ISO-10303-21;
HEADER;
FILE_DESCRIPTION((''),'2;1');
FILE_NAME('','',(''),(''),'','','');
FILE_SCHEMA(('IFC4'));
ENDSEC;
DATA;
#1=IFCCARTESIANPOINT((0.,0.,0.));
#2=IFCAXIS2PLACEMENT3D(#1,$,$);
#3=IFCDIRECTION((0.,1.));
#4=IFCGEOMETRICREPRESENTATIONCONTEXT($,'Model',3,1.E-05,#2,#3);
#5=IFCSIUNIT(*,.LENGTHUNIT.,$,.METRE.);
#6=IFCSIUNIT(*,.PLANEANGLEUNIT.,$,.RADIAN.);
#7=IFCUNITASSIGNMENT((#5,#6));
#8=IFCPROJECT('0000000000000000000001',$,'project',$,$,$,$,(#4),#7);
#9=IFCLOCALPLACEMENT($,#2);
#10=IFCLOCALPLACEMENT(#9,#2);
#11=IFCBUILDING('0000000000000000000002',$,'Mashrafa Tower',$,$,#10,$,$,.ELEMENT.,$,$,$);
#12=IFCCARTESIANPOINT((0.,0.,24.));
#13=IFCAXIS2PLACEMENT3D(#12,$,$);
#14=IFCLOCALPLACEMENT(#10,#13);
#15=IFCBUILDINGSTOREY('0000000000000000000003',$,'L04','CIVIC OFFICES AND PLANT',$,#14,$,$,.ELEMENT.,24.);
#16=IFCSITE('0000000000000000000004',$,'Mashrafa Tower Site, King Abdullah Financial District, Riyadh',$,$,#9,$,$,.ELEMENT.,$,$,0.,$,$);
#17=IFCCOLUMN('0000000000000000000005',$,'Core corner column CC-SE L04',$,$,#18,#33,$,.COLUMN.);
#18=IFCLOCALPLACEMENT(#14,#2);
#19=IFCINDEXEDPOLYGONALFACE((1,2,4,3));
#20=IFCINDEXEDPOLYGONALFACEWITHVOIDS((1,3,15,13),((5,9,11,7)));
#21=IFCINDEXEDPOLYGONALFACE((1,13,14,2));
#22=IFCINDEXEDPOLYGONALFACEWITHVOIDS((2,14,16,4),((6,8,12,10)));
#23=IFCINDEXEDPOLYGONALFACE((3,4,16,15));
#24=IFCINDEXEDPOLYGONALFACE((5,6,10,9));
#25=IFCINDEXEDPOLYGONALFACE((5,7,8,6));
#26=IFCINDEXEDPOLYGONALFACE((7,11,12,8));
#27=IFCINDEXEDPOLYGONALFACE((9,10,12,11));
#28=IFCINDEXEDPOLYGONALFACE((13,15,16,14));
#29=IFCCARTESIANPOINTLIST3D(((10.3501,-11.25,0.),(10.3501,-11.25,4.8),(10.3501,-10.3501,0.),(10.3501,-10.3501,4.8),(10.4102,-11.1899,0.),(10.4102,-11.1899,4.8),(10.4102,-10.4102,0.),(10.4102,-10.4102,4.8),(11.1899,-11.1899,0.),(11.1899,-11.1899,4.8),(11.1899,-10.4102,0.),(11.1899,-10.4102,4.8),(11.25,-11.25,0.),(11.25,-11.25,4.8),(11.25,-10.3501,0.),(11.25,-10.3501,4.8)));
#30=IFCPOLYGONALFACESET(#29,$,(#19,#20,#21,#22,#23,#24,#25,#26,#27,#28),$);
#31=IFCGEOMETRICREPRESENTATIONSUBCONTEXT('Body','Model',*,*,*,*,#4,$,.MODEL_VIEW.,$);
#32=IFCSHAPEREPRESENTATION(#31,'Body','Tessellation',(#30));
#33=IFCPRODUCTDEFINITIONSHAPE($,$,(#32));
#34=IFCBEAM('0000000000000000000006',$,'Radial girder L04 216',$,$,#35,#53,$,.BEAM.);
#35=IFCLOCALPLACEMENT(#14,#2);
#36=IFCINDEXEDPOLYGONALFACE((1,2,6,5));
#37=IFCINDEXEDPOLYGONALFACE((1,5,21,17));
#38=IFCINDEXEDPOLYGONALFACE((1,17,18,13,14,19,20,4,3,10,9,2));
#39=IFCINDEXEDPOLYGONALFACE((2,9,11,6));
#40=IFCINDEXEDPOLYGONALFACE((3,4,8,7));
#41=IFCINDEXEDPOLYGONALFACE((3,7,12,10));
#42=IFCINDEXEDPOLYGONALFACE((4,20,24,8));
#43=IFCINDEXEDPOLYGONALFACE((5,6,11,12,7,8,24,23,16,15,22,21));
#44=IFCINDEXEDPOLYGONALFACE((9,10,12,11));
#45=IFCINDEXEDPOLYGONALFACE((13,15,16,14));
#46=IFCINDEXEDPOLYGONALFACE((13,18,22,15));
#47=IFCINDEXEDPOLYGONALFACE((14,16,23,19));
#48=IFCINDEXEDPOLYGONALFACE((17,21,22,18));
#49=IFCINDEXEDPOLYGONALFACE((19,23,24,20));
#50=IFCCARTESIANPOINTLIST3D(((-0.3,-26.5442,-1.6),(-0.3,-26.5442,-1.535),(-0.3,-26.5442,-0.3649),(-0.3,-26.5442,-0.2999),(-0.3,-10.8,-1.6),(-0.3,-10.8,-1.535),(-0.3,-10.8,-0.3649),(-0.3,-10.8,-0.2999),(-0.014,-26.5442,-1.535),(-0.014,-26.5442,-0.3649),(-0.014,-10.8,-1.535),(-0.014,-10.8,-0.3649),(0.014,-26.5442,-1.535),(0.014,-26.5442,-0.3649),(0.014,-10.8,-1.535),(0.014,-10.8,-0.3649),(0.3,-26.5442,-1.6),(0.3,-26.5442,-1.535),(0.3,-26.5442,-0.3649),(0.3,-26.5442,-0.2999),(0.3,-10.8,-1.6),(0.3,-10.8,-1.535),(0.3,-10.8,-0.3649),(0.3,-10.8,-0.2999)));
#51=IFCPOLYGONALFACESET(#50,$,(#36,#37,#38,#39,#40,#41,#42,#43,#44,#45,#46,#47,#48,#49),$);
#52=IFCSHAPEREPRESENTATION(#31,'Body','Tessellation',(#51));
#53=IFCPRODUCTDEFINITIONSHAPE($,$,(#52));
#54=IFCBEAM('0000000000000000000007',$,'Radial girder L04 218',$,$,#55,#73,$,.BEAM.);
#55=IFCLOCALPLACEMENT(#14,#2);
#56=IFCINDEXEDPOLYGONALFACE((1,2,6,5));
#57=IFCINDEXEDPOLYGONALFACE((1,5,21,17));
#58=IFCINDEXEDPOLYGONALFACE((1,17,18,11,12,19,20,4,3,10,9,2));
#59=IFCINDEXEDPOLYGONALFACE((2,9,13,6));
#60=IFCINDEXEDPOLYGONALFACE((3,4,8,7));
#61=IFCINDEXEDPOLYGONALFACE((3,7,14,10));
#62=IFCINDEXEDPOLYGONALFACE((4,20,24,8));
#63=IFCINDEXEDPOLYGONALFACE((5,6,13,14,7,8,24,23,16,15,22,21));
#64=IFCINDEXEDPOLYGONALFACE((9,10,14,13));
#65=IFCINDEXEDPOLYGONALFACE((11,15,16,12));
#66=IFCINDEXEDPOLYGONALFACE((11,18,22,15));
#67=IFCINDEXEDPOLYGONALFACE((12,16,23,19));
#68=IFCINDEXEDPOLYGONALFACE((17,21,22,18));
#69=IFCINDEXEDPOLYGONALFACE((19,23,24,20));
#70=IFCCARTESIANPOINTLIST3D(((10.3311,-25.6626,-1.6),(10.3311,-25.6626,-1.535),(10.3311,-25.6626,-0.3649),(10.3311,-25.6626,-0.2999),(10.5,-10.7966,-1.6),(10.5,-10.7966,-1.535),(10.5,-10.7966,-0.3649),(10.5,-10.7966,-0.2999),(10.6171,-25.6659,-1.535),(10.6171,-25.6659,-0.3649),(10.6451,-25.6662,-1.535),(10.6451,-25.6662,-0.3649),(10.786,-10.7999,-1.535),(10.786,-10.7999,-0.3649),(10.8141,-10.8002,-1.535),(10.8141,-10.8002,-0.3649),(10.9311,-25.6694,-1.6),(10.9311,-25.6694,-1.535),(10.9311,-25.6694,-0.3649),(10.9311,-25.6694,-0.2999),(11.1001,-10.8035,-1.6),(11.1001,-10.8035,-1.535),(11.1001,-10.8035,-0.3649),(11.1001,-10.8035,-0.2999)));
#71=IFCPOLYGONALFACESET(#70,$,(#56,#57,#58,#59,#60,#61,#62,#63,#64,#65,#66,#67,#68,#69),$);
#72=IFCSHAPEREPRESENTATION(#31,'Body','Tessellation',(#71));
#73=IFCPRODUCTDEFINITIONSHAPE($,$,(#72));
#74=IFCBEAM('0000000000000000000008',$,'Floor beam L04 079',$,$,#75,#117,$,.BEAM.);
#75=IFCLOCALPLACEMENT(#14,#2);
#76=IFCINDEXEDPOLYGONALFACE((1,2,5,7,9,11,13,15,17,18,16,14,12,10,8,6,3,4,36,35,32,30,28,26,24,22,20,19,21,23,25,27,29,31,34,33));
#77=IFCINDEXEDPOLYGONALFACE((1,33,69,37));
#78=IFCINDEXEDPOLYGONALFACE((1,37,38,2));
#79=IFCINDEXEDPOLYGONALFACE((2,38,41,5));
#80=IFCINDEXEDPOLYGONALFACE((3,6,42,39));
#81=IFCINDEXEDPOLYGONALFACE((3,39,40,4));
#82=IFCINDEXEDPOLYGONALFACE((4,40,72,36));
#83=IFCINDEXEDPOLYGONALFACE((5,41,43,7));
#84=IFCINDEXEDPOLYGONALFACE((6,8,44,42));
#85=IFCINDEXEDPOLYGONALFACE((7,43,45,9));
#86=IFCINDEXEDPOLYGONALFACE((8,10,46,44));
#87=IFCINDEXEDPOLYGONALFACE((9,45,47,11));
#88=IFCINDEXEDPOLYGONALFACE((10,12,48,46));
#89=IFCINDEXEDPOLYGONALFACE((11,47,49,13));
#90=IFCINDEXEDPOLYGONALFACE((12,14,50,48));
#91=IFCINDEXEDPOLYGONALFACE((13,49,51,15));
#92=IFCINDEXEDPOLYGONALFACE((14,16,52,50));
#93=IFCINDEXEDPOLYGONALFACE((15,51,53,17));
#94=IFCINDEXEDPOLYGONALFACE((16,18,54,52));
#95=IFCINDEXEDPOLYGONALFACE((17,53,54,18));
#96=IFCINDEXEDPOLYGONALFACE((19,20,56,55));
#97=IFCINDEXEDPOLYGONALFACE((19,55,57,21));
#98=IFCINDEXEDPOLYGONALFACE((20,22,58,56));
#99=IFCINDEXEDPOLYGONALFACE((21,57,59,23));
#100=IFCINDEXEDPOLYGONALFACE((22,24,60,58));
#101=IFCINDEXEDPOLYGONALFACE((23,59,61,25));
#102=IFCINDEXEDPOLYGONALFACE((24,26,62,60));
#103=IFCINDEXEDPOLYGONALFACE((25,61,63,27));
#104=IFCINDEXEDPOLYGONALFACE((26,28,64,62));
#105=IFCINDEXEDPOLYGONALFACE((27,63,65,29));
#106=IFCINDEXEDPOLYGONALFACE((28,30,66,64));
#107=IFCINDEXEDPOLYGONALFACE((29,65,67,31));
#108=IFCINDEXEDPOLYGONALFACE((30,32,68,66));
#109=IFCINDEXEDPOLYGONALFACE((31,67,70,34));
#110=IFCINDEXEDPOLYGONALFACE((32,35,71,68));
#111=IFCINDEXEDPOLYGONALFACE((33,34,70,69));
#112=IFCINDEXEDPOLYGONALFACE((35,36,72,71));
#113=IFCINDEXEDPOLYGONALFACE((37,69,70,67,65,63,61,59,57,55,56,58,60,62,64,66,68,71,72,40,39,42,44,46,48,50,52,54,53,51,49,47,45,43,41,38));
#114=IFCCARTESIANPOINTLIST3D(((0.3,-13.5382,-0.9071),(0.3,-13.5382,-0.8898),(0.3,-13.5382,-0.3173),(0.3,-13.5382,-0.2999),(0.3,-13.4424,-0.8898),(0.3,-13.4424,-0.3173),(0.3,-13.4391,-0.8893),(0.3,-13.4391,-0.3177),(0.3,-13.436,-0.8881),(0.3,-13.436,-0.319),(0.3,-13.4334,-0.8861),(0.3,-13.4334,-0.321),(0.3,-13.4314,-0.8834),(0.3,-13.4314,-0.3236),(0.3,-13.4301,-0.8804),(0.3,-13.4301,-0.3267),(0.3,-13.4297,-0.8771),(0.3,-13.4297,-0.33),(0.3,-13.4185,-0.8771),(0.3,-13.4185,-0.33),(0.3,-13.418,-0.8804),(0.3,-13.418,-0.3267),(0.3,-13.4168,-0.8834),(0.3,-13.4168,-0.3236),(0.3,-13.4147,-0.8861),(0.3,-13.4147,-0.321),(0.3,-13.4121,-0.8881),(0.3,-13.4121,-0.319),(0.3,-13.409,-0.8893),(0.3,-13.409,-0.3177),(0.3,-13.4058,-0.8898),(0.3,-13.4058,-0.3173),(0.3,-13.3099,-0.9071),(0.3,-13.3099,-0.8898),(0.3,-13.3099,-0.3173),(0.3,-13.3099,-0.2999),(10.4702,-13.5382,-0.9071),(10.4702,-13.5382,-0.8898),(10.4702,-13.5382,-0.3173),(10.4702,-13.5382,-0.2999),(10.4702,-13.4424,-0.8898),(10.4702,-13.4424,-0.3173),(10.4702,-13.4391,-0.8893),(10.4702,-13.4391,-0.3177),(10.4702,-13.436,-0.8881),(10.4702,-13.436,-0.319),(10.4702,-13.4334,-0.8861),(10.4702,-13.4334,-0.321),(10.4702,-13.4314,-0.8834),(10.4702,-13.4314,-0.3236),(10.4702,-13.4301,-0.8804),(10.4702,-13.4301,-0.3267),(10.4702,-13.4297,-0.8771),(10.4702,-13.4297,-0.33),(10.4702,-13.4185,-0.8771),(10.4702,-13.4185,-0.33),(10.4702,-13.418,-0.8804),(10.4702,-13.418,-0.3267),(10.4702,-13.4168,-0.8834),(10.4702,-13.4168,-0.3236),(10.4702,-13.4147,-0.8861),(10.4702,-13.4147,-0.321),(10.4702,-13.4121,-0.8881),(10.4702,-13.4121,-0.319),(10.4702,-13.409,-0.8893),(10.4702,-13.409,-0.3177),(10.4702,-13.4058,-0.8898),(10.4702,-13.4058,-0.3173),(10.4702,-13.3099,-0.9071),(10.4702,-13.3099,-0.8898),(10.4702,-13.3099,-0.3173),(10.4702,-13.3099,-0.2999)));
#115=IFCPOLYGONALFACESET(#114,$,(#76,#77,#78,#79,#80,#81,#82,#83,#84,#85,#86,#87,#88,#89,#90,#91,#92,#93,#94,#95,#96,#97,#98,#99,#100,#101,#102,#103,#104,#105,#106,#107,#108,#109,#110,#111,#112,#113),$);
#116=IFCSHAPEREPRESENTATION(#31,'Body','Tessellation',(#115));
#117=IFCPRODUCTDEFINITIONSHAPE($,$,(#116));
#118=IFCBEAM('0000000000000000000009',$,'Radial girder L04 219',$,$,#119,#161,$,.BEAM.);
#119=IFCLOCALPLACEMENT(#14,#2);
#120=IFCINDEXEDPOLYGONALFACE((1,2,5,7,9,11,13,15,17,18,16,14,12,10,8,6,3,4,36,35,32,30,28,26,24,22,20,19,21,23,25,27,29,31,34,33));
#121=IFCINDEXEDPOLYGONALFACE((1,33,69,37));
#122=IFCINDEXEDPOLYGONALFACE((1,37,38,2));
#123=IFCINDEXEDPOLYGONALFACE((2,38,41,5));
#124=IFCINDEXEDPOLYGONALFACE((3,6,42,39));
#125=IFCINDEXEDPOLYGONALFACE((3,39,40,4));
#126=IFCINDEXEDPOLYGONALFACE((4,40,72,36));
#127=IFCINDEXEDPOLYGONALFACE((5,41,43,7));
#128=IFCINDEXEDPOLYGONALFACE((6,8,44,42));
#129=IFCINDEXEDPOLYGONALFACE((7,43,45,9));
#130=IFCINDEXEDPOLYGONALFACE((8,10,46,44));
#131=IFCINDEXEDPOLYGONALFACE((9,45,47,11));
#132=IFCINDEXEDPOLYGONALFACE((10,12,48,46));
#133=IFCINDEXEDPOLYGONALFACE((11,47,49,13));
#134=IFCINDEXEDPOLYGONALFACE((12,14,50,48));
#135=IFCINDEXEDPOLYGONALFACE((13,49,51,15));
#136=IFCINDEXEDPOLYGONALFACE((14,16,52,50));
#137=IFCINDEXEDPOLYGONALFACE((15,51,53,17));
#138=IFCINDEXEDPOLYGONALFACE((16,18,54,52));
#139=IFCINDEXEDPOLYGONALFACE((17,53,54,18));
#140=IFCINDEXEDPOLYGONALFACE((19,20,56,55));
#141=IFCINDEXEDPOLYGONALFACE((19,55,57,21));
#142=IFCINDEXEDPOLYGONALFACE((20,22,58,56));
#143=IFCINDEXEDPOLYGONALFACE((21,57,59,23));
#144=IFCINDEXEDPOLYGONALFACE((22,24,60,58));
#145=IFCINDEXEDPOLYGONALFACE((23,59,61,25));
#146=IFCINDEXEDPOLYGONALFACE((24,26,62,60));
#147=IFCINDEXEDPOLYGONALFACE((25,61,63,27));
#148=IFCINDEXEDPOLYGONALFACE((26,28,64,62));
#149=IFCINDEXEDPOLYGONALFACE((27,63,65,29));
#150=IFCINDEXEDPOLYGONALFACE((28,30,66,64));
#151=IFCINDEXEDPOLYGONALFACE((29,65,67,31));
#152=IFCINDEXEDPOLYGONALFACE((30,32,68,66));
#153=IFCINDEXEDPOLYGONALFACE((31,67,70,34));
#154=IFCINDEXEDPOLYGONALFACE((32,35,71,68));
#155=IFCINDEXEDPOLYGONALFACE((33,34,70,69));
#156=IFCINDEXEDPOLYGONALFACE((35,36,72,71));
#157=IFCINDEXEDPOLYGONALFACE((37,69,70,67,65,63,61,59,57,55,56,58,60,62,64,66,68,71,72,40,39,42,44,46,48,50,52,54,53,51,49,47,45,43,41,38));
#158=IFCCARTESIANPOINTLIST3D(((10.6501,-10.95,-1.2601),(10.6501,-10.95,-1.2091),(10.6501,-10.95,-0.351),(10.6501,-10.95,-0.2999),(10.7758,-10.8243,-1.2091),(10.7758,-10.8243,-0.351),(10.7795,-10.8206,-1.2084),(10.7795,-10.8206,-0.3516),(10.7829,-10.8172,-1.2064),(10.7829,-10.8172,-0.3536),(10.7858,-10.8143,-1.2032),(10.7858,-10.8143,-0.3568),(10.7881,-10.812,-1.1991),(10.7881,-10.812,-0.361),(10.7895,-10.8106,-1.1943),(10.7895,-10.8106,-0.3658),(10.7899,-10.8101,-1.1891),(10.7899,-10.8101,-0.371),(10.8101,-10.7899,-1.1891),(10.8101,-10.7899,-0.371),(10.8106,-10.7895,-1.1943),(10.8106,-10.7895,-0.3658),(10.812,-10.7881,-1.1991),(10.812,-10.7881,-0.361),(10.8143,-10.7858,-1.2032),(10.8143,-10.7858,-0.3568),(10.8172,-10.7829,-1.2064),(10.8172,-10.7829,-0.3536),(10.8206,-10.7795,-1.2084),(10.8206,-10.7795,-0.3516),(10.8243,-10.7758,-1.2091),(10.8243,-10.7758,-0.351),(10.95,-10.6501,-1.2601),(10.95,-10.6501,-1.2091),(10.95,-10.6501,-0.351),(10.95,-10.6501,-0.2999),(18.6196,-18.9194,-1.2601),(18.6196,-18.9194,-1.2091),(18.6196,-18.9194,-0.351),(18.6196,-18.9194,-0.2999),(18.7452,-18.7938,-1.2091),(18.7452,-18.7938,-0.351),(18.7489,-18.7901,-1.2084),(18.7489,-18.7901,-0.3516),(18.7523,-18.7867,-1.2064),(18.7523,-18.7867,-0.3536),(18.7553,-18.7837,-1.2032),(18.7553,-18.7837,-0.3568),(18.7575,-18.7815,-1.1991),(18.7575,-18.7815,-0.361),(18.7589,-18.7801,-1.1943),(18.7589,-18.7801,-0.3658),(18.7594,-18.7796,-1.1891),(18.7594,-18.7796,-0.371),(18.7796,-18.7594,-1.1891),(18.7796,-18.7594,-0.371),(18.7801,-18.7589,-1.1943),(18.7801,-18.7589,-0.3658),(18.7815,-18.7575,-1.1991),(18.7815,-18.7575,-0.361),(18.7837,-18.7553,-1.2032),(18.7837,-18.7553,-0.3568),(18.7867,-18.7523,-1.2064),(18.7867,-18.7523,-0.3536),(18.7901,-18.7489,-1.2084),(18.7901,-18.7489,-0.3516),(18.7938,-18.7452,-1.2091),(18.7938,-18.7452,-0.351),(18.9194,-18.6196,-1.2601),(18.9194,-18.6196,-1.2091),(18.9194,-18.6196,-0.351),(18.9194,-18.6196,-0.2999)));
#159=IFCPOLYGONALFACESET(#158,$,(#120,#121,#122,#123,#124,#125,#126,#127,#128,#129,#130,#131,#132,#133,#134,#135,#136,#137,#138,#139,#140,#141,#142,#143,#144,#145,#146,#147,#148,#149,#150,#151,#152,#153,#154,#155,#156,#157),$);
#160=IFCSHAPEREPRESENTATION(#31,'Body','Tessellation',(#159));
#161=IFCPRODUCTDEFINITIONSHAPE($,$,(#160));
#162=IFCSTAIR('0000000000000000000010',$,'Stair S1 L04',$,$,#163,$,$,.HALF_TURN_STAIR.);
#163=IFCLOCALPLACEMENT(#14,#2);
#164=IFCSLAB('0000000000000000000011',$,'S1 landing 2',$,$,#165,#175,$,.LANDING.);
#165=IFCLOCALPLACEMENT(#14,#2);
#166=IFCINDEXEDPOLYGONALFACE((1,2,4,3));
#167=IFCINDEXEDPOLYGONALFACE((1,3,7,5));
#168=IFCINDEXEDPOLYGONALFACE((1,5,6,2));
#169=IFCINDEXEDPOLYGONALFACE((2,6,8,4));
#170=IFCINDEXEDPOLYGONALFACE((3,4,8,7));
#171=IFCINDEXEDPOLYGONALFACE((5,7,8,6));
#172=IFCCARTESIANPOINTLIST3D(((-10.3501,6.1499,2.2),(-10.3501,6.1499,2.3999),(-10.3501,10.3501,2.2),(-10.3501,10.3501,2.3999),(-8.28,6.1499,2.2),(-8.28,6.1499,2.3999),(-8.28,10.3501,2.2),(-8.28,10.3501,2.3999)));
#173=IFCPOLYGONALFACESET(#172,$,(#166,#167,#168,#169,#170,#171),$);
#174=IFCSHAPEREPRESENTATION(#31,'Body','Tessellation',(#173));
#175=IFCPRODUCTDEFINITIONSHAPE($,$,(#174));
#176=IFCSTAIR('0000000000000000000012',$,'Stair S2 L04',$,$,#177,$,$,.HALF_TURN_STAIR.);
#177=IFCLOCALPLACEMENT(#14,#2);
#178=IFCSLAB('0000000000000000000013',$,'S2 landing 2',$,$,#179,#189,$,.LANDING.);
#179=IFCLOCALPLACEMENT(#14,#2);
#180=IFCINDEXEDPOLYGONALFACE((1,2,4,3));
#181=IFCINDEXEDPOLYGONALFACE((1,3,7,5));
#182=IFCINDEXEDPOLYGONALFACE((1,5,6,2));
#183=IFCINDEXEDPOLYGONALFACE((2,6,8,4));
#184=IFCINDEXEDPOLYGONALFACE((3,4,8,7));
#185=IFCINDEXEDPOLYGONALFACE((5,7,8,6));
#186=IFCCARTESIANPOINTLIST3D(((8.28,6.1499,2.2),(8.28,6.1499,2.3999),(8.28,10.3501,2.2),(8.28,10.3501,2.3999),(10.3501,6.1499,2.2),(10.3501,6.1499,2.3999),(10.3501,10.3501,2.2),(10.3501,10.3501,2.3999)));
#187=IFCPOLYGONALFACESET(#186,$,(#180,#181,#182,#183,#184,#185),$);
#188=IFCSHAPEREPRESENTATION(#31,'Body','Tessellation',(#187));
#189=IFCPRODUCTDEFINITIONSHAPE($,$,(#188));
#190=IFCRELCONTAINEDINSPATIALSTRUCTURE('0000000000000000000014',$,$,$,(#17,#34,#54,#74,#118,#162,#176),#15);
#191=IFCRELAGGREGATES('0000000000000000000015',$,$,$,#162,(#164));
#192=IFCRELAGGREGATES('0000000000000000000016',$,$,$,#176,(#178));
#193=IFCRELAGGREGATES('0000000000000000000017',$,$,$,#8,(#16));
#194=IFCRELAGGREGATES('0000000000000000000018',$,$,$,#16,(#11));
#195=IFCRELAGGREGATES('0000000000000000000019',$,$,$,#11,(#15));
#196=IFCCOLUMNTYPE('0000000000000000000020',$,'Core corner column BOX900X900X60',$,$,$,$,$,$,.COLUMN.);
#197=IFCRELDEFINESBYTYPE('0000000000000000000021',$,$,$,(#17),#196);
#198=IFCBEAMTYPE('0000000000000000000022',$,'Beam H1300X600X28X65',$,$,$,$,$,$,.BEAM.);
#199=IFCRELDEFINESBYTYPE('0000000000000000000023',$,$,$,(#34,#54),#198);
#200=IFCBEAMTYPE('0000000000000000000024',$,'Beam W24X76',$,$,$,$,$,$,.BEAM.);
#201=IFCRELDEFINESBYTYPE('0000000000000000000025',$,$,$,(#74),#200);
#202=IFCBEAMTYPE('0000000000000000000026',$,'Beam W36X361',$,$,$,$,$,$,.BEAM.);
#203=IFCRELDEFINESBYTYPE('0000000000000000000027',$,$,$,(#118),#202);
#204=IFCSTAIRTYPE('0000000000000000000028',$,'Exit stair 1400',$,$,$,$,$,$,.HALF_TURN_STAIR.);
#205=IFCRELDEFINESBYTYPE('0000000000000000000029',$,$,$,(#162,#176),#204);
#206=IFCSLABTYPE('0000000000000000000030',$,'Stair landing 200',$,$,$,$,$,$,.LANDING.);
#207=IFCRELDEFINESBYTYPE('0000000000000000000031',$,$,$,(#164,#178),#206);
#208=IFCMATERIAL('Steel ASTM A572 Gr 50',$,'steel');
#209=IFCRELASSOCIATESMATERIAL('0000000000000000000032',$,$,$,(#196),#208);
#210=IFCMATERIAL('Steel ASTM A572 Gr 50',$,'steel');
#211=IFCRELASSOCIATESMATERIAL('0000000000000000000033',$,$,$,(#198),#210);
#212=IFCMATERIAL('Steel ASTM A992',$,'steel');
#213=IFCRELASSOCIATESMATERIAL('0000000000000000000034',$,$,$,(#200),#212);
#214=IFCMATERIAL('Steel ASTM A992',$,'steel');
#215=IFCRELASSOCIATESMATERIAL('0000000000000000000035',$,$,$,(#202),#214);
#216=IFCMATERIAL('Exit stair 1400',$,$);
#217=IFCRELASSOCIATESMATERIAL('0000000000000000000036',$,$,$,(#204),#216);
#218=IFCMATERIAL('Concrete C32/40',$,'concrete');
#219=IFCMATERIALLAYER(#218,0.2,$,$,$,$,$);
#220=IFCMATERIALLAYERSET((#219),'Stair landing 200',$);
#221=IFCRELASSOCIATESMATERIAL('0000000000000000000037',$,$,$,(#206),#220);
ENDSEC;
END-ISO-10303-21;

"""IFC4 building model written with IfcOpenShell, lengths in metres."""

from ifc_helpers import new_model, si_unit, direction, frame, origin, origin_2d, place, context, subcontext, project, spatial, polyline, hollow_rectangle, i_section, outline, extrude, material, layer, layer_set, material_profile, profile_set, type_object, element, aggregate, save


model = new_model("IFC4")

# Units and contexts
model_context = context("Model", 3, precision=1e-05, world=origin(), true_north=direction((0.0, 1.0)))
body_context = subcontext(model_context, "Body", "Model", "MODEL_VIEW")
ifc_project = project(units=[si_unit("LENGTHUNIT", "METRE"), si_unit("PLANEANGLEUNIT", "RADIAN")], contexts=[model_context])

# Site, building, storey
site_placement = place(None, origin())
site = spatial("IfcSite", under=ifc_project, at=site_placement, Name="Mashrafa Tower Site, King Abdullah Financial District, Riyadh", CompositionType="ELEMENT", RefElevation=0.0)
building_placement = place(site_placement, origin())
building = spatial("IfcBuilding", under=site, at=building_placement, Name="Mashrafa Tower", CompositionType="ELEMENT")
storey_placement = place(building_placement, frame((0.0, 0.0, 24.0)))
storey = spatial("IfcBuildingStorey", under=building, at=storey_placement, Name="L04", Description="CIVIC OFFICES AND PLANT", CompositionType="ELEMENT", Elevation=24.0)

# Column
ifc_material_1 = material(Name="Steel ASTM A572 Gr 50", Category="steel")
ifc_material_profile_1 = material_profile(ifc_material_1, hollow_rectangle(XDim=0.8999, YDim=0.8999, WallThickness=0.0601, at=origin_2d()), Name="BOX900X900X60")
ifc_profile_set_1 = profile_set([ifc_material_profile_1], Name="Steel ASTM A572 Gr 50")
column_type = type_object("IfcColumnType", Name="Core corner column BOX900X900X60", PredefinedType="COLUMN", material=ifc_profile_set_1)
column_placement = place(storey_placement, frame((10.8, -10.8, 0.0), z_axis=(0.0, 0.0, 1.0), x_axis=(1.0, 0.0, 0.0)))
element("IfcColumn", 1, at=column_placement, inside=storey, type_object=column_type, Name="Core corner column CC-SE L04", PredefinedType="COLUMN", context=body_context, shape_type="SweptSolid", body=[
    extrude(hollow_rectangle(XDim=0.8999, YDim=0.8999, WallThickness=0.0601, at=origin_2d()), origin(), (0.0, 0.0, 1.0), 4.8),
])

# Beams
ifc_material_2 = material(Name="Steel ASTM A572 Gr 50", Category="steel")
ifc_material_profile_2 = material_profile(ifc_material_2, i_section(OverallWidth=0.6001, OverallDepth=1.3, WebThickness=0.0281, FlangeThickness=0.0649, at=origin_2d()), Name="H1300X600X28X65")
ifc_profile_set_2 = profile_set([ifc_material_profile_2], Name="Steel ASTM A572 Gr 50")
beam_type_1 = type_object("IfcBeamType", Name="Beam H1300X600X28X65", PredefinedType="BEAM", material=ifc_profile_set_2)
beam_1_placement = place(storey_placement, frame((0.0, -10.8, -0.95), z_axis=(0.0, -1.0, 0.0), x_axis=(1.0, 0.0, 0.0)))
element("IfcBeam", 2, at=beam_1_placement, inside=storey, type_object=beam_type_1, Name="Radial girder L04 216", PredefinedType="BEAM", context=body_context, shape_type="SweptSolid", body=[
    extrude(i_section(OverallWidth=0.6001, OverallDepth=1.3, WebThickness=0.0281, FlangeThickness=0.0649, at=origin_2d()), origin(), (0.0, 0.0, 1.0), 15.7441),
])
beam_2_placement = place(storey_placement, frame((10.8, -10.8, -0.95), z_axis=(-0.011364, -0.999935, 0.0), x_axis=(0.999935, -0.011364, 0.0)))
element("IfcBeam", 3, at=beam_2_placement, inside=storey, type_object=beam_type_1, Name="Radial girder L04 218", PredefinedType="BEAM", context=body_context, shape_type="SweptSolid", body=[
    extrude(i_section(OverallWidth=0.6001, OverallDepth=1.3, WebThickness=0.0281, FlangeThickness=0.0649, at=origin_2d()), origin(), (0.0, 0.0, 1.0), 14.8669),
])
ifc_material_3 = material(Name="Steel ASTM A992", Category="steel")
ifc_material_profile_3 = material_profile(ifc_material_3, i_section(OverallWidth=0.2283, OverallDepth=0.6072, WebThickness=0.0112, FlangeThickness=0.0173, FilletRadius=0.0127, at=origin_2d()), Name="W24X76")
ifc_profile_set_3 = profile_set([ifc_material_profile_3], Name="Steel ASTM A992")
beam_type_2 = type_object("IfcBeamType", Name="Beam W24X76", PredefinedType="BEAM", material=ifc_profile_set_3)
beam_3_placement = place(storey_placement, frame((10.4702, -13.4241, -0.6035), z_axis=(-1.0, 0.0, 0.0), x_axis=(0.0, -1.0, 0.0)))
element("IfcBeam", 4, at=beam_3_placement, inside=storey, type_object=beam_type_2, Name="Floor beam L04 079", PredefinedType="BEAM", context=body_context, shape_type="SweptSolid", body=[
    extrude(i_section(OverallWidth=0.2283, OverallDepth=0.6072, WebThickness=0.0112, FlangeThickness=0.0173, FilletRadius=0.0127, at=origin_2d()), origin(), (0.0, 0.0, 1.0), 10.1702),
])
ifc_material_4 = material(Name="Steel ASTM A992", Category="steel")
ifc_material_profile_4 = material_profile(ifc_material_4, i_section(OverallWidth=0.4241, OverallDepth=0.9602, WebThickness=0.0286, FlangeThickness=0.051, FilletRadius=0.02, at=origin_2d()), Name="W36X361")
ifc_profile_set_4 = profile_set([ifc_material_profile_4], Name="Steel ASTM A992")
beam_type_3 = type_object("IfcBeamType", Name="Beam W36X361", PredefinedType="BEAM", material=ifc_profile_set_4)
beam_4_placement = place(storey_placement, frame((10.8, -10.8, -0.78), z_axis=(0.707107, -0.707107, 0.0), x_axis=(0.707107, 0.707107, 0.0)))
element("IfcBeam", 5, at=beam_4_placement, inside=storey, type_object=beam_type_3, Name="Radial girder L04 219", PredefinedType="BEAM", context=body_context, shape_type="SweptSolid", body=[
    extrude(i_section(OverallWidth=0.4241, OverallDepth=0.9602, WebThickness=0.0286, FlangeThickness=0.051, FilletRadius=0.02, at=origin_2d()), origin(), (0.0, 0.0, 1.0), 11.2705),
])

# Stairs, slabs
ifc_material_5 = material(Name="Exit stair 1400")
stair_type_1 = type_object("IfcStairType", Name="Exit stair 1400", PredefinedType="HALF_TURN_STAIR", material=ifc_material_5)
stair_1_placement = place(storey_placement, origin())
stair_1 = element("IfcStair", 6, at=stair_1_placement, inside=storey, type_object=stair_type_1, Name="Stair S1 L04", PredefinedType="HALF_TURN_STAIR")
ifc_material_6 = material(Name="Concrete C32/40", Category="concrete")
ifc_layer_1 = layer(ifc_material_6, 0.2)
ifc_layer_set_1 = layer_set([ifc_layer_1], Name="Stair landing 200")
slab_type_1 = type_object("IfcSlabType", Name="Stair landing 200", PredefinedType="LANDING", material=ifc_layer_set_1)
slab_1_placement = place(storey_placement, frame((0.0, 0.0, 2.2)))
slab_1 = element("IfcSlab", 7, at=slab_1_placement, type_object=slab_type_1, Name="S1 landing 2", PredefinedType="LANDING", context=body_context, shape_type="SweptSolid", body=[
    extrude(outline(polyline([(-10.3501, 6.1499), (-8.28, 6.1499), (-8.28, 10.3501), (-10.3501, 10.3501), (-10.3501, 6.1499)])), origin(), (0.0, 0.0, 1.0), 0.2),
])
stair_2_placement = place(storey_placement, origin())
stair_2 = element("IfcStair", 8, at=stair_2_placement, inside=storey, type_object=stair_type_1, Name="Stair S2 L04", PredefinedType="HALF_TURN_STAIR")
slab_2_placement = place(storey_placement, frame((0.0, 0.0, 2.2)))
slab_2 = element("IfcSlab", 9, at=slab_2_placement, type_object=slab_type_1, Name="S2 landing 2", PredefinedType="LANDING", context=body_context, shape_type="SweptSolid", body=[
    extrude(outline(polyline([(8.28, 6.1499), (10.3501, 6.1499), (10.3501, 10.3501), (8.28, 10.3501), (8.28, 6.1499)])), origin(), (0.0, 0.0, 1.0), 0.2),
])

aggregate(stair_1, [slab_1])
aggregate(stair_2, [slab_2])

save(model, "model.ifc")
